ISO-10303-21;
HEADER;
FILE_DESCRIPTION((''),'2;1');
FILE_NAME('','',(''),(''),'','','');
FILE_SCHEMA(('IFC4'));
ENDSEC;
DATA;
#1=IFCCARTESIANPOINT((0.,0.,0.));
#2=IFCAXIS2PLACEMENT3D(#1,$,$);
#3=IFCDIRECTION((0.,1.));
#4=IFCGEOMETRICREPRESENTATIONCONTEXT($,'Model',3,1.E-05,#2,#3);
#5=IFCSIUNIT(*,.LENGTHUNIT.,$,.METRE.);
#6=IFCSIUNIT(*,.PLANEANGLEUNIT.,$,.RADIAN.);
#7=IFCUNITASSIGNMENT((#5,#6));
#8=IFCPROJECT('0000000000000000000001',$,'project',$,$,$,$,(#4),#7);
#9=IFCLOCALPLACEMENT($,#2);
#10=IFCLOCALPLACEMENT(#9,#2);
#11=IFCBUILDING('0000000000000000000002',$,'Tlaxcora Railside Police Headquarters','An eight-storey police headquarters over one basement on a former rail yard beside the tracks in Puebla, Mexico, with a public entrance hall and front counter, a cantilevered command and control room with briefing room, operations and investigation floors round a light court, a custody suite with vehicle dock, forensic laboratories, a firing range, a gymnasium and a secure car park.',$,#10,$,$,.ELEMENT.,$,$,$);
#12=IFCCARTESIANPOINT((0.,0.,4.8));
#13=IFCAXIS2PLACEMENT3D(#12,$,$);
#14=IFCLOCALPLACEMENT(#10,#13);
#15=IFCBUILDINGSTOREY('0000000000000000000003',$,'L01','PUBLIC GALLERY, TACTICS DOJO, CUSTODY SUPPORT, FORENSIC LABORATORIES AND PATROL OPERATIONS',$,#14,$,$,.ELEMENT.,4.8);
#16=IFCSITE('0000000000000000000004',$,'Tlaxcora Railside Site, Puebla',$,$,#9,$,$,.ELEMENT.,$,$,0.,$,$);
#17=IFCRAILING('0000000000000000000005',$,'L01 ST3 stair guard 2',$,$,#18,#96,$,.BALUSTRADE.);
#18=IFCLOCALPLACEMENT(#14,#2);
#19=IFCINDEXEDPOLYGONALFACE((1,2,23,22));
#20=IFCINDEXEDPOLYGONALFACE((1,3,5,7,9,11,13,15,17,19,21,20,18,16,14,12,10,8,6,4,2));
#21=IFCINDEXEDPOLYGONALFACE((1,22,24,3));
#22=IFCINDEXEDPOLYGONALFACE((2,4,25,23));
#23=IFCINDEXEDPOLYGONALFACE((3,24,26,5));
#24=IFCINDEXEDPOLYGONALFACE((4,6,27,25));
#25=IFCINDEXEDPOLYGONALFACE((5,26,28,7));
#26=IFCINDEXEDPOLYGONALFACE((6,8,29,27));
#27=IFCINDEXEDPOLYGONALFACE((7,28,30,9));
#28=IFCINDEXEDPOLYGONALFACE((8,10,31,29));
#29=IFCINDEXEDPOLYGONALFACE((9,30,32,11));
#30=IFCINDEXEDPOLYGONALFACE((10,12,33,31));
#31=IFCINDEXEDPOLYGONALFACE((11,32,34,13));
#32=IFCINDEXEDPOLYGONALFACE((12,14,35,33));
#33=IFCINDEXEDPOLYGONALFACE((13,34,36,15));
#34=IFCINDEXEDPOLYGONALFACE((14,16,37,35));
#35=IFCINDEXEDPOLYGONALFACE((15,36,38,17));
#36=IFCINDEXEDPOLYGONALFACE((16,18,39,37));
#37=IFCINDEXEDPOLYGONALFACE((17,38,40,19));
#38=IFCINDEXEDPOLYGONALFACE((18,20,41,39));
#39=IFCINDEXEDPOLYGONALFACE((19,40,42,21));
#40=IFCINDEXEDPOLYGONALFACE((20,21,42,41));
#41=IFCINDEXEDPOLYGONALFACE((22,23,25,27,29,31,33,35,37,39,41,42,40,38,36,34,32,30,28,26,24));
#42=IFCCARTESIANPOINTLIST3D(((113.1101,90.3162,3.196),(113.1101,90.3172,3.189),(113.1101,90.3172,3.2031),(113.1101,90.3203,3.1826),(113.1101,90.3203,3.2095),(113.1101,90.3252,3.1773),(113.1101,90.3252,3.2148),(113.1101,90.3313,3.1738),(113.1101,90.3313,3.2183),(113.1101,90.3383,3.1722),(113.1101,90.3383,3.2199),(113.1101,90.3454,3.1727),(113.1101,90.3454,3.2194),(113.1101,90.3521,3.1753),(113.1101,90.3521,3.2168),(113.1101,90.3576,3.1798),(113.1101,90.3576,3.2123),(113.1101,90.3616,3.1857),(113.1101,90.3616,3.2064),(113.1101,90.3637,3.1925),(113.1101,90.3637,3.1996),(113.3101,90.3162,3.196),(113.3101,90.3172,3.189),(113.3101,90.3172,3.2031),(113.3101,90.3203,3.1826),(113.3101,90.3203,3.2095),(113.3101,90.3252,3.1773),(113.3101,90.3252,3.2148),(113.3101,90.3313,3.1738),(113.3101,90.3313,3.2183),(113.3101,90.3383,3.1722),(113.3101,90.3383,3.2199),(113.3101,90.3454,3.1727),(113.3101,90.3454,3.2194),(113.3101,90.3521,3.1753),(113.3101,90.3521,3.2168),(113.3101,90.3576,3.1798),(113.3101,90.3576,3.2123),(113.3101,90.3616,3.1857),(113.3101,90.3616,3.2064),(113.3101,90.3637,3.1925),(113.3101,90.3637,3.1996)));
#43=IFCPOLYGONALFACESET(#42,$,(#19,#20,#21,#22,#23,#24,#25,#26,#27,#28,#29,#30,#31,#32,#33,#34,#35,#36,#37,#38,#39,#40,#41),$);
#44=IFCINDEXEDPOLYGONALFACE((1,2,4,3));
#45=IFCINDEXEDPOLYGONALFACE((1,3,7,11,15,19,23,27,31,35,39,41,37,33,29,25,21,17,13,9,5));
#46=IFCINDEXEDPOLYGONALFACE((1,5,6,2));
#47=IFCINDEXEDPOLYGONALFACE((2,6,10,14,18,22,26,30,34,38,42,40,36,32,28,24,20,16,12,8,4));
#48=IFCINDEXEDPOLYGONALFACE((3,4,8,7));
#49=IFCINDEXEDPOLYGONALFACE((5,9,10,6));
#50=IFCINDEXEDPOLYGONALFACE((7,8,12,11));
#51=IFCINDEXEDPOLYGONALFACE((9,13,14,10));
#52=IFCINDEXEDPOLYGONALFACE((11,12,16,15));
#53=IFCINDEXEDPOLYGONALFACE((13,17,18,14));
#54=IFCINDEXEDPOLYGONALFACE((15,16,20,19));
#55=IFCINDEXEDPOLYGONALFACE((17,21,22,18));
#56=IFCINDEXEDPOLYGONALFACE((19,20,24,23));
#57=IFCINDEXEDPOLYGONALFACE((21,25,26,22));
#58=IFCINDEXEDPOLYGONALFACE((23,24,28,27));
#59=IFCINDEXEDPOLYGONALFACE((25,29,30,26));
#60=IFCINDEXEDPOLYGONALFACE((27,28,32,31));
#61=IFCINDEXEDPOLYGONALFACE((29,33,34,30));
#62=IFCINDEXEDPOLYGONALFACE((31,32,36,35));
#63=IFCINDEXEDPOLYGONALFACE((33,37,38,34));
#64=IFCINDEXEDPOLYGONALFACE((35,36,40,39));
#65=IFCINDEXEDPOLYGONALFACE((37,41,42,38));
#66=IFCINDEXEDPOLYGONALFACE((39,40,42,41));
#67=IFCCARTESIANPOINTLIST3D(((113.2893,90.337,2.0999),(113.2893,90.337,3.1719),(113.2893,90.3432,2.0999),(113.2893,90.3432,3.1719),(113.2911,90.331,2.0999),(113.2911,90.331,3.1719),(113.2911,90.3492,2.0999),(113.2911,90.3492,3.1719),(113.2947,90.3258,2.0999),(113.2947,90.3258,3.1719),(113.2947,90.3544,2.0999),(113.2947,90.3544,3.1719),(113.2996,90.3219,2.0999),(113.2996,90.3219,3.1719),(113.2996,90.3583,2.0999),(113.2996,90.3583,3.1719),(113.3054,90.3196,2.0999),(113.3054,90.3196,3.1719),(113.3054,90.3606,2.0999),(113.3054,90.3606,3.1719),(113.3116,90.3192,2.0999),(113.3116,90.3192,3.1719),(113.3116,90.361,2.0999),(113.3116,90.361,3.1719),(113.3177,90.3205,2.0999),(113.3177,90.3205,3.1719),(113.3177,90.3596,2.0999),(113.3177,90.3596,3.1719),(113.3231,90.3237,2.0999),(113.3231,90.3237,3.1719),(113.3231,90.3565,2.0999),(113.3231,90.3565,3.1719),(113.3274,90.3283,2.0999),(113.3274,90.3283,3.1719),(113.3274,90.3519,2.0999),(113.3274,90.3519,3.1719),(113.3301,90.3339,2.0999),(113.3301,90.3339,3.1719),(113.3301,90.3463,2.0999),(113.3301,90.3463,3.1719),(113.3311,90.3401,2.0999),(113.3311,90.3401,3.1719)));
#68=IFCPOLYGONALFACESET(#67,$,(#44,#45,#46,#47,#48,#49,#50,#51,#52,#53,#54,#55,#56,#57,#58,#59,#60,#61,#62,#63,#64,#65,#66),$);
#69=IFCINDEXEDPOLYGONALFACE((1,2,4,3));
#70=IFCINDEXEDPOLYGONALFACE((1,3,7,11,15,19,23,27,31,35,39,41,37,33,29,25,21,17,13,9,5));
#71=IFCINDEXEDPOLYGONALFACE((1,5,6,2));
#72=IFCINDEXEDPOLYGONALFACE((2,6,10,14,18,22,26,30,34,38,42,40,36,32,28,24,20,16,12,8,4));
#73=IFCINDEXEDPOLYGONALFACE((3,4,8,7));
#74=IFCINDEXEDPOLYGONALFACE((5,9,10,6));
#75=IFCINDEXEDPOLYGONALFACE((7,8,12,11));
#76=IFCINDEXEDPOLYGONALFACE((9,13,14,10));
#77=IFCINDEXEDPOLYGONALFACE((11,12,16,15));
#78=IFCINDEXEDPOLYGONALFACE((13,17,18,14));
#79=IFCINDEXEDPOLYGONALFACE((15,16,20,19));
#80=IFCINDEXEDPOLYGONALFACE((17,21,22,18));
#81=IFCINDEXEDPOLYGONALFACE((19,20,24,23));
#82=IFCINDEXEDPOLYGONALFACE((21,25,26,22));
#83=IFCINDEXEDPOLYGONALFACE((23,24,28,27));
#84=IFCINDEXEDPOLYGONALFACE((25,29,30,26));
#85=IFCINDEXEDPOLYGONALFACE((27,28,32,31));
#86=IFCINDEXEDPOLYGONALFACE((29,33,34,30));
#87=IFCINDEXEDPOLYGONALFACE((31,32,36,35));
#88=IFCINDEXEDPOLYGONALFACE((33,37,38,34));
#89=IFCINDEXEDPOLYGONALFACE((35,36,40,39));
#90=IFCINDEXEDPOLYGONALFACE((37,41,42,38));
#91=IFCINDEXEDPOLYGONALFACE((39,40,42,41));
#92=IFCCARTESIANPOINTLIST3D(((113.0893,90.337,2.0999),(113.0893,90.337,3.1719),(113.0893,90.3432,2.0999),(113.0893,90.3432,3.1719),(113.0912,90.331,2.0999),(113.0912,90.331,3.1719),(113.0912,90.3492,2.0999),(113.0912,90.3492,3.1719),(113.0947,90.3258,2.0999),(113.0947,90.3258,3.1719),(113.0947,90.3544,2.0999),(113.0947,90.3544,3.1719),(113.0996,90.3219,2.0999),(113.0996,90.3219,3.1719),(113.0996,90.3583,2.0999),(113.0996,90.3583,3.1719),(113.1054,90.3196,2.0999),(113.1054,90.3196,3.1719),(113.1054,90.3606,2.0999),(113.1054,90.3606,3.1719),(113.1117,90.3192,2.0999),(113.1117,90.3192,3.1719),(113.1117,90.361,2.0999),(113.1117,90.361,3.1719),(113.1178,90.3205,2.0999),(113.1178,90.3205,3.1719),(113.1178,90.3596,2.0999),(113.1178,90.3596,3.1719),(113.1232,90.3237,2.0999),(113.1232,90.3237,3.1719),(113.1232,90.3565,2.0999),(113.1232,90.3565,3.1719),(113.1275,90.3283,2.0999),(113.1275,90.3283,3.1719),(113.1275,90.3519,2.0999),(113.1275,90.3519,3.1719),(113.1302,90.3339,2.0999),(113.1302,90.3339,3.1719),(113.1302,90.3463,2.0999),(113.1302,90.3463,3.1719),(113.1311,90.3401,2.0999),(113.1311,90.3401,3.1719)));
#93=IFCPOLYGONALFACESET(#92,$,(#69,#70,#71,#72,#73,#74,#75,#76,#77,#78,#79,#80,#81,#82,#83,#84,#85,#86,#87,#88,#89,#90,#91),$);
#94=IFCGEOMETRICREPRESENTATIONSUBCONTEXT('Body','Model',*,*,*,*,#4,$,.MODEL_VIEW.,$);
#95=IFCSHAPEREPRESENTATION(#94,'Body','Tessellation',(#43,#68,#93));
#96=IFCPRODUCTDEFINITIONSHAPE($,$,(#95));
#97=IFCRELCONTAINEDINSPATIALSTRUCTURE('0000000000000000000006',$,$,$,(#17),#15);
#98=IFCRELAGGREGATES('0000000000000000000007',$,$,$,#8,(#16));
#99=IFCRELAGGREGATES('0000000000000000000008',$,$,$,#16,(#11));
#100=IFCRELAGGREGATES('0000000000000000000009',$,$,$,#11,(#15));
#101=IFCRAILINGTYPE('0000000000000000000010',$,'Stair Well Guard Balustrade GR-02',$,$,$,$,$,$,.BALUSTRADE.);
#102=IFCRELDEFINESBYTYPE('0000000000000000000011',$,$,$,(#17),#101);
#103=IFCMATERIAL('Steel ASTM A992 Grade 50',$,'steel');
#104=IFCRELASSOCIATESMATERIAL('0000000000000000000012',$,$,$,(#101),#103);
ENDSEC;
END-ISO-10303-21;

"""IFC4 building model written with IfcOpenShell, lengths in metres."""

from ifc_helpers import new_model, si_unit, direction, frame, origin, origin_2d, place, context, subcontext, project, spatial, circle, extrude, material, type_object, element, save


model = new_model("IFC4")

# Units and contexts
model_context = context("Model", 3, precision=1e-05, world=origin(), true_north=direction((0.0, 1.0)))
body_context = subcontext(model_context, "Body", "Model", "MODEL_VIEW")
ifc_project = project(units=[si_unit("LENGTHUNIT", "METRE"), si_unit("PLANEANGLEUNIT", "RADIAN")], contexts=[model_context])

# Site, building, storey
site_placement = place(None, origin())
site = spatial("IfcSite", under=ifc_project, at=site_placement, Name="Tlaxcora Railside Site, Puebla", CompositionType="ELEMENT", RefElevation=0.0)
building_placement = place(site_placement, origin())
building = spatial("IfcBuilding", under=site, at=building_placement, Name="Tlaxcora Railside Police Headquarters", Description="An eight-storey police headquarters over one basement on a former rail yard beside the tracks in Puebla, Mexico, with a public entrance hall and front counter, a cantilevered command and control room with briefing room, operations and investigation floors round a light court, a custody suite with vehicle dock, forensic laboratories, a firing range, a gymnasium and a secure car park.", CompositionType="ELEMENT")
storey_placement = place(building_placement, frame((0.0, 0.0, 4.8)))
storey = spatial("IfcBuildingStorey", under=building, at=storey_placement, Name="L01", Description="PUBLIC GALLERY, TACTICS DOJO, CUSTODY SUPPORT, FORENSIC LABORATORIES AND PATROL OPERATIONS", CompositionType="ELEMENT", Elevation=4.8)

# Shared definitions
ifc_material_1 = material(Name="Steel ASTM A992 Grade 50", Category="steel")

# Railing
railing_type_1 = type_object("IfcRailingType", Name="Stair Well Guard Balustrade GR-02", PredefinedType="BALUSTRADE", material=ifc_material_1)
railing_1_placement = place(storey_placement, frame((113.3101, 90.3401, 2.0999)))
element("IfcRailing", 1, at=railing_1_placement, inside=storey, type_object=railing_type_1, Name="L01 ST3 stair guard 2", PredefinedType="BALUSTRADE", context=body_context, shape_type="SweptSolid", body=[
    extrude(circle(Radius=0.0239, at=origin_2d()), frame((0.0, 0.0, 1.0962), z_axis=(-1.0, 0.0, 0.0), x_axis=(0.0, -1.0, 0.0)), (0.0, 0.0, 1.0), 0.2),
    extrude(circle(Radius=0.021, at=origin_2d()), origin(), (0.0, 0.0, 1.0), 1.072),
    extrude(circle(Radius=0.021, at=origin_2d()), frame((-0.2, 0.0, 0.0)), (0.0, 0.0, 1.0), 1.072),
])

save(model, "model.ifc")
